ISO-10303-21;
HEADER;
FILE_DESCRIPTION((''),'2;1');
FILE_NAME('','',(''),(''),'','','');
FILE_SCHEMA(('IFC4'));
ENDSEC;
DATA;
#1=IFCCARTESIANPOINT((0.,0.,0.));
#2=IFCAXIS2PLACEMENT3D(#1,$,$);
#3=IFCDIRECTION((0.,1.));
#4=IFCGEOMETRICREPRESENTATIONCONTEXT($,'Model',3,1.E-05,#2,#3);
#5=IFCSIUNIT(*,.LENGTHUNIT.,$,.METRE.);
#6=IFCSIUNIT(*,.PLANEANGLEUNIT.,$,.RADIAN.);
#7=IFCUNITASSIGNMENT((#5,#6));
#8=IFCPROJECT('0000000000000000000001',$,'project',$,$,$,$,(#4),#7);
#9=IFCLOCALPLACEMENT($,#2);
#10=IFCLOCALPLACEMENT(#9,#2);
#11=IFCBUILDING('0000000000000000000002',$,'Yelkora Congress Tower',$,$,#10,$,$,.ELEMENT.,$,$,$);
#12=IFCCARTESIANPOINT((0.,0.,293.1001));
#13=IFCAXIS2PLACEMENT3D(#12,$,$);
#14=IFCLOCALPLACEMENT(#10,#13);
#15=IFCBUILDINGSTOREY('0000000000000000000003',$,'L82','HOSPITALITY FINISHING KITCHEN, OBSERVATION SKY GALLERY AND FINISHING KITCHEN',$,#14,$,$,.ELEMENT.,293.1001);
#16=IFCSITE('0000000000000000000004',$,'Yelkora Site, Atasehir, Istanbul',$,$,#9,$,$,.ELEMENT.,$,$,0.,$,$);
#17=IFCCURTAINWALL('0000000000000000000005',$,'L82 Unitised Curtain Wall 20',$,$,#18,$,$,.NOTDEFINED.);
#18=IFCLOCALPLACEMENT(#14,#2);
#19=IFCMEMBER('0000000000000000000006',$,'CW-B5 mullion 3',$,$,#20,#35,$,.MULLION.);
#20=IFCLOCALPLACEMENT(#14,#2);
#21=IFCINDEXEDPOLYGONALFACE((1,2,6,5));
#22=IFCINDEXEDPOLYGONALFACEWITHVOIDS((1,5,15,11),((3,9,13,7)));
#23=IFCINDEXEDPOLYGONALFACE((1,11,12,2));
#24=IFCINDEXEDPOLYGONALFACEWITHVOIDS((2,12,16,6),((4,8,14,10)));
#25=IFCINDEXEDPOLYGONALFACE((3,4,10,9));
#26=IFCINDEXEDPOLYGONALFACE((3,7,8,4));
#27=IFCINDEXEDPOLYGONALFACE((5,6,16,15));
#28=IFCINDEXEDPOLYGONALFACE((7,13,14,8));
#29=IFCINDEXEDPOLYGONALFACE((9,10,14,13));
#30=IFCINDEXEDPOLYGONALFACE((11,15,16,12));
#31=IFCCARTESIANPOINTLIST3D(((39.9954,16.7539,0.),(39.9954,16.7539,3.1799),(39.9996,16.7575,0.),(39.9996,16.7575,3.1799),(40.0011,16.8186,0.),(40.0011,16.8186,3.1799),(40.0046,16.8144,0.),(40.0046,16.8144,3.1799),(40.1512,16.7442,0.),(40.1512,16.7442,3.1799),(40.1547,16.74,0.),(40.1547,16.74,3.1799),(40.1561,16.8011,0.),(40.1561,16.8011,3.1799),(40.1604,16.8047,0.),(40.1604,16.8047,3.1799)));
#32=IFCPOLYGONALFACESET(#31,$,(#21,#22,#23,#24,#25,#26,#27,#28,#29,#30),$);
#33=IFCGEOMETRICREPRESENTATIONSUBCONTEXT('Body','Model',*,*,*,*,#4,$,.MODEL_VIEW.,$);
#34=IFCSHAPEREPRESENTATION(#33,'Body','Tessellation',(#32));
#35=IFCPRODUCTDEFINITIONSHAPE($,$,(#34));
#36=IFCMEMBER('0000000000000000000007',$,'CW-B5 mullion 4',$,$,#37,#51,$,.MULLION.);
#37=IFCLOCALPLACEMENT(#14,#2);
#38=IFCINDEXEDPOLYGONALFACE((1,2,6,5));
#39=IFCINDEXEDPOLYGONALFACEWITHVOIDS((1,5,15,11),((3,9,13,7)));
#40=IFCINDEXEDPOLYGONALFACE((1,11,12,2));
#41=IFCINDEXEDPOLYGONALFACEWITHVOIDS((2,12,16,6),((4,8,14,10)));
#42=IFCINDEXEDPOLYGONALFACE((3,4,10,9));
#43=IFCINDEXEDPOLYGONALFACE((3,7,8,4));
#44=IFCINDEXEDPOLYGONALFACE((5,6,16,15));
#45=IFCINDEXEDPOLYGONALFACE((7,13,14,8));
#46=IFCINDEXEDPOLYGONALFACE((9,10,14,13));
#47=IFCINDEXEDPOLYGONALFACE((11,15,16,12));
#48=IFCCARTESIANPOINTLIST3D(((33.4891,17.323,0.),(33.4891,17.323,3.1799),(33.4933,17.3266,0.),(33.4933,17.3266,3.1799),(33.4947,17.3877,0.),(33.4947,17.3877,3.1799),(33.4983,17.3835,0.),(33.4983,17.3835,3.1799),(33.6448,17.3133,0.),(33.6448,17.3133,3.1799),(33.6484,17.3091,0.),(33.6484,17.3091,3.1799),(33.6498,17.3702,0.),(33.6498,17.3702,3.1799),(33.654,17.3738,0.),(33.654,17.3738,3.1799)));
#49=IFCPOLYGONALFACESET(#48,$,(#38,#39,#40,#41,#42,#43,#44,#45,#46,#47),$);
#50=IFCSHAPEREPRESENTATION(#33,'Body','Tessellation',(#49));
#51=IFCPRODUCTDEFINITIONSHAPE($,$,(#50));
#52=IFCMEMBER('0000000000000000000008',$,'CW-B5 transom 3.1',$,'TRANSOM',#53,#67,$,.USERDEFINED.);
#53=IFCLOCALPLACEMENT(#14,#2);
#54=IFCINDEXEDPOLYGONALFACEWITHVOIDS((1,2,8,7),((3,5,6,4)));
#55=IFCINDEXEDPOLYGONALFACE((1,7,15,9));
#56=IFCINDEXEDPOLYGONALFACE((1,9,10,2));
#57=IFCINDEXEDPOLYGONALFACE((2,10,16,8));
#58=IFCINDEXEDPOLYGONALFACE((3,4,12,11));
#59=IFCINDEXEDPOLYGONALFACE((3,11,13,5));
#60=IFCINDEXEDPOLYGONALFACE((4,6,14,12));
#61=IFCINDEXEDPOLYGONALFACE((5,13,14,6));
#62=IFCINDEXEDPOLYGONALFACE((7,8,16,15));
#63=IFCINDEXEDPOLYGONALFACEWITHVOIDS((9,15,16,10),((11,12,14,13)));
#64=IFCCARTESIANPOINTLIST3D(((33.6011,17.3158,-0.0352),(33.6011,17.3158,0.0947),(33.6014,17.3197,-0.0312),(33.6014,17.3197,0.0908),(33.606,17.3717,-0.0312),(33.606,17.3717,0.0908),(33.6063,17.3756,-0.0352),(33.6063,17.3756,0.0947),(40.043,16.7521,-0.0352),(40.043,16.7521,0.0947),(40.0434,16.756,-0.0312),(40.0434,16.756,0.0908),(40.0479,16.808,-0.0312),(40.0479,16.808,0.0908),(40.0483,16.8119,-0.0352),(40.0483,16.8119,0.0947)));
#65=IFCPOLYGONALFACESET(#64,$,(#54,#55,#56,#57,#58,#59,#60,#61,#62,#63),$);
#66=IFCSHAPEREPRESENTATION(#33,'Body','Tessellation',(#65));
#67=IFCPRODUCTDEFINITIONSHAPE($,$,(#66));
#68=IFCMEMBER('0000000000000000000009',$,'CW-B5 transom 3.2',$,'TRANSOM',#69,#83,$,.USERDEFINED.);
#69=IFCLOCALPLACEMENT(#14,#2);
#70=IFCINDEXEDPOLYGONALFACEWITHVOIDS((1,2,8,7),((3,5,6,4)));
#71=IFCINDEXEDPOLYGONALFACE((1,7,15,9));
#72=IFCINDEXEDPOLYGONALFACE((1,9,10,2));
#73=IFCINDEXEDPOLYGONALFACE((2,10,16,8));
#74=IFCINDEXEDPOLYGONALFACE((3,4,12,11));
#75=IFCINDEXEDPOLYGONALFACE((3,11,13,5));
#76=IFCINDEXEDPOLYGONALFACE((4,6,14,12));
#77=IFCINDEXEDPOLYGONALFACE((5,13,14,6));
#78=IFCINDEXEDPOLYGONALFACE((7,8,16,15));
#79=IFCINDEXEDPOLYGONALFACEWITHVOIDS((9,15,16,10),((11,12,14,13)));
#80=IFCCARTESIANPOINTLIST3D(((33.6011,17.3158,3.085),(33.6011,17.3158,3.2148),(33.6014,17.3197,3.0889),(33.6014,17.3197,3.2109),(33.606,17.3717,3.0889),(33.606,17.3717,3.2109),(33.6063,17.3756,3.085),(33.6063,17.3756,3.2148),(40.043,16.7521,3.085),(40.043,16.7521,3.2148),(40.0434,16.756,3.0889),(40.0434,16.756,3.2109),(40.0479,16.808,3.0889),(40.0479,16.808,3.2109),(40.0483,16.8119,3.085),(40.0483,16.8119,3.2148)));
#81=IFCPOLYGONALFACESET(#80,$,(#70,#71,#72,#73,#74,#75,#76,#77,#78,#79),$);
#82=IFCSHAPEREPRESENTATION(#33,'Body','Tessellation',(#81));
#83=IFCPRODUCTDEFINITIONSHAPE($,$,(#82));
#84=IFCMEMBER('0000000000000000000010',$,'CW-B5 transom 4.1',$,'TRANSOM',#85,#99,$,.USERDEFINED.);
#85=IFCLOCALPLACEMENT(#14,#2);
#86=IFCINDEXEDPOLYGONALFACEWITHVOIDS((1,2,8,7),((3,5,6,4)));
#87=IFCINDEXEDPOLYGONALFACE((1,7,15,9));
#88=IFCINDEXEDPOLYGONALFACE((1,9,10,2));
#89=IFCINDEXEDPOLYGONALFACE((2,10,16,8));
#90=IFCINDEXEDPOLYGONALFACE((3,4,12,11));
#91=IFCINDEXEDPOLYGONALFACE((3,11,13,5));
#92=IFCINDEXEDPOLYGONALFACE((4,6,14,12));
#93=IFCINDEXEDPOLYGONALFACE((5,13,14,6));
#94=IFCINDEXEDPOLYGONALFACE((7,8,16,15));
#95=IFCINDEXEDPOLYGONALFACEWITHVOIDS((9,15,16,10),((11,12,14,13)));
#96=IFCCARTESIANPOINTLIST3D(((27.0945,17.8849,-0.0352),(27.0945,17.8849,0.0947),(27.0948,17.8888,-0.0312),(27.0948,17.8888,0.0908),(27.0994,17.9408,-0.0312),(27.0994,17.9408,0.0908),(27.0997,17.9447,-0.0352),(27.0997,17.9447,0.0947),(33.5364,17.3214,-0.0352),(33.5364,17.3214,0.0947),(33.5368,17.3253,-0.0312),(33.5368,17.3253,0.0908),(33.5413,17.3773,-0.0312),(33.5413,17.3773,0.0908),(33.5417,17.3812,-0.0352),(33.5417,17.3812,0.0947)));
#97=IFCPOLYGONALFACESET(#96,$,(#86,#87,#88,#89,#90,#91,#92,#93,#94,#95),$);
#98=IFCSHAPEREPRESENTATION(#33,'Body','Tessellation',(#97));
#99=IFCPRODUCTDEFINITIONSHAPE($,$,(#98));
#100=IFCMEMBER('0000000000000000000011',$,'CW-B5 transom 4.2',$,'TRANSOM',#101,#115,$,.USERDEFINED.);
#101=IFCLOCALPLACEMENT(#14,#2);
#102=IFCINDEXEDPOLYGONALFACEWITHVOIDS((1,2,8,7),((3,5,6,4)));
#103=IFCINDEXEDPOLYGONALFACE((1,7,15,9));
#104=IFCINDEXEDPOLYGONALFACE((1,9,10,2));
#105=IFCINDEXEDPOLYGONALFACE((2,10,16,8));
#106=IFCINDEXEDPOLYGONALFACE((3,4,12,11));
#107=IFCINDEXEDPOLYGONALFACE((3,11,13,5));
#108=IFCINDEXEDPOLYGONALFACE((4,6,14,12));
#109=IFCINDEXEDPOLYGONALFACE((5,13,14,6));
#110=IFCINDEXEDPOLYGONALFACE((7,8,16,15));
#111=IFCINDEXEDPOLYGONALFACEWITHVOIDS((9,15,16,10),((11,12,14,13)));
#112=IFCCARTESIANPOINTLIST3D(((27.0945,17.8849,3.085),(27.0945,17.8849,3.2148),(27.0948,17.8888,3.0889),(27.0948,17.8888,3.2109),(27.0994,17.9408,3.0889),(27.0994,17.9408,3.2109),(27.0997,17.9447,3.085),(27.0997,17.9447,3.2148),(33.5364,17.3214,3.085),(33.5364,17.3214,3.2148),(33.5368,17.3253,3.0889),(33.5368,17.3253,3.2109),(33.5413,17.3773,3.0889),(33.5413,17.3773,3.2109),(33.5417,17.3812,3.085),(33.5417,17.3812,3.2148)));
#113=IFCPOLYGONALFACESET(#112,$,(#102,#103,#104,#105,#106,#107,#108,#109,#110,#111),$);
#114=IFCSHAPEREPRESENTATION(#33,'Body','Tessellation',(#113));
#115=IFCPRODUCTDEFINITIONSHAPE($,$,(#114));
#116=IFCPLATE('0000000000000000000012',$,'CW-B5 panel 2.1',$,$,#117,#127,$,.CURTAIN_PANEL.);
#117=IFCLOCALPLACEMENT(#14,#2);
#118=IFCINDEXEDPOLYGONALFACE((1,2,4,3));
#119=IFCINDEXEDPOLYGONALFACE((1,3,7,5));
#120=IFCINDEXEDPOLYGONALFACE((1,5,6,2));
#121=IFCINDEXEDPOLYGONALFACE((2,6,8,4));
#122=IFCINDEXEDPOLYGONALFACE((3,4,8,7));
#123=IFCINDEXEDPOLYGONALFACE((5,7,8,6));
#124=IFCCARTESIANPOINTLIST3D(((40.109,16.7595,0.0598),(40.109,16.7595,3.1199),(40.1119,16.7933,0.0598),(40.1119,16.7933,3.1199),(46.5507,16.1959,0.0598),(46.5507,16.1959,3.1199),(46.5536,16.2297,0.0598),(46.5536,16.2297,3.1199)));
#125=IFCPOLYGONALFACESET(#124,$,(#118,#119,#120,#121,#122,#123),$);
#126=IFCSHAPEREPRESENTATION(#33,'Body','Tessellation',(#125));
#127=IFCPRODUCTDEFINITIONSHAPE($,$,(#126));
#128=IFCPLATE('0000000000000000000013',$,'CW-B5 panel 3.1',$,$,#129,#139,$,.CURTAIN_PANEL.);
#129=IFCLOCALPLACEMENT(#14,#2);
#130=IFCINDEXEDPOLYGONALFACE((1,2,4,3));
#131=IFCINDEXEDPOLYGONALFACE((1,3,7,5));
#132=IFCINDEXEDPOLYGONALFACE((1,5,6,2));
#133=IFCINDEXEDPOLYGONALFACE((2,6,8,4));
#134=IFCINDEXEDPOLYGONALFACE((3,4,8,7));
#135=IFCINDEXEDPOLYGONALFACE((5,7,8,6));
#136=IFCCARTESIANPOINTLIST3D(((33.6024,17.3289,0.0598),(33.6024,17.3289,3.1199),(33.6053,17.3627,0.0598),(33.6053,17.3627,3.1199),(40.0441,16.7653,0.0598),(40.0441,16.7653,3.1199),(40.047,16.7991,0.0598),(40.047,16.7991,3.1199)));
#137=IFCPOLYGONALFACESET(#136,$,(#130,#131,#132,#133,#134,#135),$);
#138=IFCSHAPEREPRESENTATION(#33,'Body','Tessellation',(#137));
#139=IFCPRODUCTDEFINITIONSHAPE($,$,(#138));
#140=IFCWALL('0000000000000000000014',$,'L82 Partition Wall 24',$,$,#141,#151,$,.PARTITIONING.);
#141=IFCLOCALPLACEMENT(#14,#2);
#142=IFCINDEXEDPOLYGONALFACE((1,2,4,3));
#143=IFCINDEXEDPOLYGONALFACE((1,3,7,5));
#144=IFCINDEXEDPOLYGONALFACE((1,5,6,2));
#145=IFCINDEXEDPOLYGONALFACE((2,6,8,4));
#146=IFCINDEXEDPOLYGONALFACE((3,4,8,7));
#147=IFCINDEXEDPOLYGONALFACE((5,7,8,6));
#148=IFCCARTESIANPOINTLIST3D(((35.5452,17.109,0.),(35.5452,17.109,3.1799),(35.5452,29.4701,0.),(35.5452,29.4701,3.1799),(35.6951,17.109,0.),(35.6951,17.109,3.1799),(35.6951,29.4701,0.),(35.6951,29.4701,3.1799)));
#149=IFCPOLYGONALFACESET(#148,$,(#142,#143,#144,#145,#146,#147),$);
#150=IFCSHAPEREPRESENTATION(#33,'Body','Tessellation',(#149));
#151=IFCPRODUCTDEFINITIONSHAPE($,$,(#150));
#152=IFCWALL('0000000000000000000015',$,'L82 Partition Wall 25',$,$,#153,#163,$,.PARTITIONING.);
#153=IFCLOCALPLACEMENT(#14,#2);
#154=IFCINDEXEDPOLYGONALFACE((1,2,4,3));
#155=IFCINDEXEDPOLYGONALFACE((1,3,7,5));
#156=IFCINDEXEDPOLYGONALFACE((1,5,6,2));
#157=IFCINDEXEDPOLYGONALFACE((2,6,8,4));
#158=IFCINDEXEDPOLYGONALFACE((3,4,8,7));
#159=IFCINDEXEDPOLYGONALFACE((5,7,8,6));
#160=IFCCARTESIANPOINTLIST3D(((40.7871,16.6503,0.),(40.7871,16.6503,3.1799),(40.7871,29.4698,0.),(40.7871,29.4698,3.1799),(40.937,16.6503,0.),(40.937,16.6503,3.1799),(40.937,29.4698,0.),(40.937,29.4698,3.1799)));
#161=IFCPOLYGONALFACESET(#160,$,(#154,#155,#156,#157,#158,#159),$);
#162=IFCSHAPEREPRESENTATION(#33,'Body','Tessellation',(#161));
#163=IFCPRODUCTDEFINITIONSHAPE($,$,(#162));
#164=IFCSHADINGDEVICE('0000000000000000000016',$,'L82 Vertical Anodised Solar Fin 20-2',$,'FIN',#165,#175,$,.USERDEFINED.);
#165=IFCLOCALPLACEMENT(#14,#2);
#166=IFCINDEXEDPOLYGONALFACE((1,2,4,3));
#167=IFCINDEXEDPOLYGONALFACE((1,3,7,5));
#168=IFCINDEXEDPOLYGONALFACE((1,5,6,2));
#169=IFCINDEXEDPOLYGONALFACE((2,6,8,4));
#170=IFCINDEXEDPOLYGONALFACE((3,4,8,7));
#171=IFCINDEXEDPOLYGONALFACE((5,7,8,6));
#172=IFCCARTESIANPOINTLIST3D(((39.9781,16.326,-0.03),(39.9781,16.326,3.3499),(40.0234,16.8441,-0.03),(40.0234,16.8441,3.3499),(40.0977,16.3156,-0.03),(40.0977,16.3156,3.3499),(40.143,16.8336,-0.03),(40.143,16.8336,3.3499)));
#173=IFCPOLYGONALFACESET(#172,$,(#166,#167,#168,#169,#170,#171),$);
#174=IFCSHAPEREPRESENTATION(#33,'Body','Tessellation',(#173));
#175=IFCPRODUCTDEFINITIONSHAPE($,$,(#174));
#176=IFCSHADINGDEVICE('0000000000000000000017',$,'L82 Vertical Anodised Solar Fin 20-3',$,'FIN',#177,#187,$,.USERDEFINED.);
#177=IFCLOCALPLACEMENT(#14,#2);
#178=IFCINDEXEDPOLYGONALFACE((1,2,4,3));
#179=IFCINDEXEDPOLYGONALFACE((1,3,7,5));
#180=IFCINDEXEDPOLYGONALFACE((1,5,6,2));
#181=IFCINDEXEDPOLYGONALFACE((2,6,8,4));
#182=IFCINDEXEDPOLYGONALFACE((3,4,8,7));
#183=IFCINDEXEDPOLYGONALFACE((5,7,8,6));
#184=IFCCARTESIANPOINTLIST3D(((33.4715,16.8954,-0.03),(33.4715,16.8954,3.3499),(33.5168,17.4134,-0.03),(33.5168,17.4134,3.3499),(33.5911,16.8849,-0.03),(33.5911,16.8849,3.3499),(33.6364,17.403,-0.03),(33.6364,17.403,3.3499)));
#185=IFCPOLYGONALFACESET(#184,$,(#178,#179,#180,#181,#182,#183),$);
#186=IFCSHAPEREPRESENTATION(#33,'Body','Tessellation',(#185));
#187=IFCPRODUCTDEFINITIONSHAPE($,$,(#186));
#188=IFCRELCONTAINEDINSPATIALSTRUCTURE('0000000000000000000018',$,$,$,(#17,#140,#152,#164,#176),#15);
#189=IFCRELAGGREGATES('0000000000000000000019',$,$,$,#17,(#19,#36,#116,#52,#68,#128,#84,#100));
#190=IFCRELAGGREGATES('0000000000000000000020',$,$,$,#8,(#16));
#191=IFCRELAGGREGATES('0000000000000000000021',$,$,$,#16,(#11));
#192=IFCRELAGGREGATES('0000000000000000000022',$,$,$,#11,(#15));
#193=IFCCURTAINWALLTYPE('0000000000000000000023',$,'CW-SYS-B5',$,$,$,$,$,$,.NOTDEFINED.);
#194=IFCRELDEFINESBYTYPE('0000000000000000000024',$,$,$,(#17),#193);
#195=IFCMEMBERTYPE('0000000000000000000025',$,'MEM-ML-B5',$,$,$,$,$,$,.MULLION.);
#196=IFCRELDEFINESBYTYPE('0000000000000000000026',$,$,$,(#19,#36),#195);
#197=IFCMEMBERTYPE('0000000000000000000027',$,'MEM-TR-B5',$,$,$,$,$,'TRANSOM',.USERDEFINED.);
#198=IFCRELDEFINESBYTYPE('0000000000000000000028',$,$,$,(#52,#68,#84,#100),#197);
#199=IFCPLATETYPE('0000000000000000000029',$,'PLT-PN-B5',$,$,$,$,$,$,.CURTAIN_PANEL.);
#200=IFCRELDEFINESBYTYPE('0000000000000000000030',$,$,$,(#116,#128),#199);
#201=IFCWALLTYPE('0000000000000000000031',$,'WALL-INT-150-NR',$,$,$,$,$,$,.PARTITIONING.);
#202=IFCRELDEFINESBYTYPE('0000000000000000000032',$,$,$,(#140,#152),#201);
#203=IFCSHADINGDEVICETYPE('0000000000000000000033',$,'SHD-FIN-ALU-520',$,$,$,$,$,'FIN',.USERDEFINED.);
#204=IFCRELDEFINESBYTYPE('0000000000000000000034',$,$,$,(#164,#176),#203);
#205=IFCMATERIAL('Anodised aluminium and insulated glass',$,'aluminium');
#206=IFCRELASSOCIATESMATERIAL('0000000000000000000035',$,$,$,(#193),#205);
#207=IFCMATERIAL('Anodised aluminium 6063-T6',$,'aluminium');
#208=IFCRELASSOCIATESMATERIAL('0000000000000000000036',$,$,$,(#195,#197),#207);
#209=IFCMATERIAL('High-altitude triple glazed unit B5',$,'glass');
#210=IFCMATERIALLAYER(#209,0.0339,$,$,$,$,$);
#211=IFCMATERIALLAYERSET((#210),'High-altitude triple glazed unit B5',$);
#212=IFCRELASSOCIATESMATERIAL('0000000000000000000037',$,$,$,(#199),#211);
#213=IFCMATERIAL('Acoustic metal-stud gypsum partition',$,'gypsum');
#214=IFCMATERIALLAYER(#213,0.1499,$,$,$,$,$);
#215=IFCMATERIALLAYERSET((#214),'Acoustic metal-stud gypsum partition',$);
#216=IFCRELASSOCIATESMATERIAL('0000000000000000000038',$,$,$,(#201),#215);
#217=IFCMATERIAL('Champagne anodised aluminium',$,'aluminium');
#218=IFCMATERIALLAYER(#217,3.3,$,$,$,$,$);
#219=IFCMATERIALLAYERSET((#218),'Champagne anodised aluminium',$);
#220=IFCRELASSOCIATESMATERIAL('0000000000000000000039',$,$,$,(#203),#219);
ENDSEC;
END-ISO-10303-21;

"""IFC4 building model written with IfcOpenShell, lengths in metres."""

from ifc_helpers import new_model, si_unit, direction, frame, frame_2d, origin, origin_2d, place, context, subcontext, project, spatial, rectangle, hollow_rectangle, extrude, material, layer, layer_set, material_profile, profile_set, type_object, element, aggregate, save


model = new_model("IFC4")

# Units and contexts
model_context = context("Model", 3, precision=1e-05, world=origin(), true_north=direction((0.0, 1.0)))
body_context = subcontext(model_context, "Body", "Model", "MODEL_VIEW")
ifc_project = project(units=[si_unit("LENGTHUNIT", "METRE"), si_unit("PLANEANGLEUNIT", "RADIAN")], contexts=[model_context])

# Site, building, storey
site_placement = place(None, origin())
site = spatial("IfcSite", under=ifc_project, at=site_placement, Name="Yelkora Site, Atasehir, Istanbul", CompositionType="ELEMENT", RefElevation=0.0)
building_placement = place(site_placement, origin())
building = spatial("IfcBuilding", under=site, at=building_placement, Name="Yelkora Congress Tower", CompositionType="ELEMENT")
storey_placement = place(building_placement, frame((0.0, 0.0, 293.1001)))
storey = spatial("IfcBuildingStorey", under=building, at=storey_placement, Name="L82", Description="HOSPITALITY FINISHING KITCHEN, OBSERVATION SKY GALLERY AND FINISHING KITCHEN", CompositionType="ELEMENT", Elevation=293.1001)

# Curtain wall, members, plates
ifc_material_1 = material(Name="Anodised aluminium and insulated glass", Category="aluminium")
curtain_wall_type = type_object("IfcCurtainWallType", Name="CW-SYS-B5", PredefinedType="NOTDEFINED", material=ifc_material_1)
curtain_wall_placement = place(storey_placement, origin())
curtain_wall = element("IfcCurtainWall", 1, at=curtain_wall_placement, inside=storey, type_object=curtain_wall_type, Name="L82 Unitised Curtain Wall 20", PredefinedType="NOTDEFINED")
ifc_material_2 = material(Name="Anodised aluminium 6063-T6", Category="aluminium")
ifc_material_profile_1 = material_profile(ifc_material_2, hollow_rectangle(XDim=0.0649, YDim=0.1599, WallThickness=0.0039, at=origin_2d()), Name="ALU 65x160x4")
ifc_profile_set_1 = profile_set([ifc_material_profile_1], Name="Anodised aluminium 6063-T6")
member_type_1 = type_object("IfcMemberType", Name="MEM-ML-B5", PredefinedType="MULLION", material=ifc_profile_set_1)
member_1_placement = place(storey_placement, frame((40.0779, 16.7793, 0.0), z_axis=(0.0, 0.0, 1.0), x_axis=(-0.087157, -0.996195, 0.0)))
member_1 = element("IfcMember", 2, at=member_1_placement, type_object=member_type_1, Name="CW-B5 mullion 3", PredefinedType="MULLION", context=body_context, shape_type="SweptSolid", body=[
    extrude(hollow_rectangle(XDim=0.0649, YDim=0.1599, WallThickness=0.0039, at=origin_2d()), origin(), (0.0, 0.0, 1.0), 3.1799),
])
member_2_placement = place(storey_placement, frame((33.5715, 17.3484, 0.0), z_axis=(0.0, 0.0, 1.0), x_axis=(-0.087157, -0.996195, 0.0)))
member_2 = element("IfcMember", 3, at=member_2_placement, type_object=member_type_1, Name="CW-B5 mullion 4", PredefinedType="MULLION", context=body_context, shape_type="SweptSolid", body=[
    extrude(hollow_rectangle(XDim=0.0649, YDim=0.1599, WallThickness=0.0039, at=origin_2d()), origin(), (0.0, 0.0, 1.0), 3.1799),
])
ifc_material_profile_2 = material_profile(ifc_material_2, hollow_rectangle(XDim=0.0601, YDim=0.1299, WallThickness=0.0039, at=origin_2d()), Name="ALU 60x130x4")
ifc_profile_set_2 = profile_set([ifc_material_profile_2], Name="Anodised aluminium 6063-T6")
member_type_2 = type_object("IfcMemberType", Name="MEM-TR-B5", ElementType="TRANSOM", PredefinedType="USERDEFINED", material=ifc_profile_set_2)
member_3_placement = place(storey_placement, frame((40.0457, 16.782, 0.0298), z_axis=(-0.996193, 0.087175, 0.0), x_axis=(-0.087175, -0.996193, 0.0)))
member_3 = element("IfcMember", 4, at=member_3_placement, type_object=member_type_2, Name="CW-B5 transom 3.1", ObjectType="TRANSOM", PredefinedType="USERDEFINED", context=body_context, shape_type="SweptSolid", body=[
    extrude(hollow_rectangle(XDim=0.0601, YDim=0.1299, WallThickness=0.0039, at=origin_2d()), origin(), (0.0, 0.0, 1.0), 6.4666),
])
member_4_placement = place(storey_placement, frame((40.0457, 16.782, 3.1499), z_axis=(-0.996193, 0.087175, 0.0), x_axis=(-0.087175, -0.996193, 0.0)))
member_4 = element("IfcMember", 5, at=member_4_placement, type_object=member_type_2, Name="CW-B5 transom 3.2", ObjectType="TRANSOM", PredefinedType="USERDEFINED", context=body_context, shape_type="SweptSolid", body=[
    extrude(hollow_rectangle(XDim=0.0601, YDim=0.1299, WallThickness=0.0039, at=origin_2d()), origin(), (0.0, 0.0, 1.0), 6.4666),
])
member_5_placement = place(storey_placement, frame((33.5391, 17.3513, 0.0298), z_axis=(-0.996196, 0.087138, 0.0), x_axis=(-0.087138, -0.996196, 0.0)))
member_5 = element("IfcMember", 6, at=member_5_placement, type_object=member_type_2, Name="CW-B5 transom 4.1", ObjectType="TRANSOM", PredefinedType="USERDEFINED", context=body_context, shape_type="SweptSolid", body=[
    extrude(hollow_rectangle(XDim=0.0601, YDim=0.1299, WallThickness=0.0039, at=origin_2d()), origin(), (0.0, 0.0, 1.0), 6.4666),
])
member_6_placement = place(storey_placement, frame((33.5391, 17.3513, 3.1499), z_axis=(-0.996196, 0.087138, 0.0), x_axis=(-0.087138, -0.996196, 0.0)))
member_6 = element("IfcMember", 7, at=member_6_placement, type_object=member_type_2, Name="CW-B5 transom 4.2", ObjectType="TRANSOM", PredefinedType="USERDEFINED", context=body_context, shape_type="SweptSolid", body=[
    extrude(hollow_rectangle(XDim=0.0601, YDim=0.1299, WallThickness=0.0039, at=origin_2d()), origin(), (0.0, 0.0, 1.0), 6.4666),
])
ifc_material_3 = material(Name="High-altitude triple glazed unit B5", Category="glass")
ifc_layer_1 = layer(ifc_material_3, 0.0339)
ifc_layer_set_1 = layer_set([ifc_layer_1], Name="High-altitude triple glazed unit B5")
plate_type = type_object("IfcPlateType", Name="PLT-PN-B5", PredefinedType="CURTAIN_PANEL", material=ifc_layer_set_1)
plate_1_placement = place(storey_placement, frame((43.3313, 16.4946, 0.0598), z_axis=(0.0, 0.0, 1.0), x_axis=(-0.996195, 0.087157, 0.0)))
plate_1 = element("IfcPlate", 8, at=plate_1_placement, type_object=plate_type, Name="CW-B5 panel 2.1", PredefinedType="CURTAIN_PANEL", context=body_context, shape_type="SweptSolid", body=[
    extrude(rectangle(XDim=6.4663, YDim=0.0339, at=origin_2d()), origin(), (0.0, 0.0, 1.0), 3.0601),
])
plate_2_placement = place(storey_placement, frame((36.8247, 17.064, 0.0598), z_axis=(0.0, 0.0, 1.0), x_axis=(-0.996195, 0.087157, 0.0)))
plate_2 = element("IfcPlate", 9, at=plate_2_placement, type_object=plate_type, Name="CW-B5 panel 3.1", PredefinedType="CURTAIN_PANEL", context=body_context, shape_type="SweptSolid", body=[
    extrude(rectangle(XDim=6.4663, YDim=0.0339, at=origin_2d()), origin(), (0.0, 0.0, 1.0), 3.0601),
])
aggregate(curtain_wall, [member_1, member_2, plate_1, member_3, member_4, plate_2, member_5, member_6])

# Walls
ifc_material_4 = material(Name="Acoustic metal-stud gypsum partition", Category="gypsum")
ifc_layer_2 = layer(ifc_material_4, 0.1499)
ifc_layer_set_2 = layer_set([ifc_layer_2], Name="Acoustic metal-stud gypsum partition")
wall_type = type_object("IfcWallType", Name="WALL-INT-150-NR", PredefinedType="PARTITIONING", material=ifc_layer_set_2)
wall_1_placement = place(storey_placement, frame((35.6201, 17.1089, 0.0), z_axis=(0.0, 0.0, 1.0), x_axis=(0.0, 1.0, 0.0)))
element("IfcWall", 10, at=wall_1_placement, inside=storey, type_object=wall_type, Name="L82 Partition Wall 24", PredefinedType="PARTITIONING", context=body_context, shape_type="SweptSolid", body=[
    extrude(rectangle(XDim=12.3611, YDim=0.1499, at=frame_2d((6.1807, 0.0))), origin(), (0.0, 0.0, 1.0), 3.1799),
])
wall_2_placement = place(storey_placement, frame((40.8621, 16.6504, 0.0), z_axis=(0.0, 0.0, 1.0), x_axis=(0.0, 1.0, 0.0)))
element("IfcWall", 11, at=wall_2_placement, inside=storey, type_object=wall_type, Name="L82 Partition Wall 25", PredefinedType="PARTITIONING", context=body_context, shape_type="SweptSolid", body=[
    extrude(rectangle(XDim=12.8196, YDim=0.1499, at=frame_2d((6.4097, 0.0))), origin(), (0.0, 0.0, 1.0), 3.1799),
])

# Shading devices
ifc_material_5 = material(Name="Champagne anodised aluminium", Category="aluminium")
ifc_layer_3 = layer(ifc_material_5, 3.3)
ifc_layer_set_3 = layer_set([ifc_layer_3], Name="Champagne anodised aluminium")
shading_device_type = type_object("IfcShadingDeviceType", Name="SHD-FIN-ALU-520", ElementType="FIN", PredefinedType="USERDEFINED", material=ifc_layer_set_3)
for number, where, z_axis, x_axis, name in (
    (12, (40.0605, 16.5798, -0.03), (0.0, 0.0, 1.0), (-0.996195, 0.087156, 0.0), "L82 Vertical Anodised Solar Fin 20-2"),
    (13, (33.554, 17.1492, -0.03), (0.0, 0.0, 1.0), (-0.996195, 0.087156, 0.0), "L82 Vertical Anodised Solar Fin 20-3"),
):
    element("IfcShadingDevice", number, at=place(storey_placement, frame(where, z_axis=z_axis, x_axis=x_axis)), inside=storey, type_object=shading_device_type, Name=name, ObjectType="FIN", PredefinedType="USERDEFINED", context=body_context, shape_type="SweptSolid", body=[
        extrude(rectangle(XDim=0.1201, YDim=0.52, at=origin_2d()), origin(), (0.0, 0.0, 1.0), 3.3799),
    ])

save(model, "model.ifc")
